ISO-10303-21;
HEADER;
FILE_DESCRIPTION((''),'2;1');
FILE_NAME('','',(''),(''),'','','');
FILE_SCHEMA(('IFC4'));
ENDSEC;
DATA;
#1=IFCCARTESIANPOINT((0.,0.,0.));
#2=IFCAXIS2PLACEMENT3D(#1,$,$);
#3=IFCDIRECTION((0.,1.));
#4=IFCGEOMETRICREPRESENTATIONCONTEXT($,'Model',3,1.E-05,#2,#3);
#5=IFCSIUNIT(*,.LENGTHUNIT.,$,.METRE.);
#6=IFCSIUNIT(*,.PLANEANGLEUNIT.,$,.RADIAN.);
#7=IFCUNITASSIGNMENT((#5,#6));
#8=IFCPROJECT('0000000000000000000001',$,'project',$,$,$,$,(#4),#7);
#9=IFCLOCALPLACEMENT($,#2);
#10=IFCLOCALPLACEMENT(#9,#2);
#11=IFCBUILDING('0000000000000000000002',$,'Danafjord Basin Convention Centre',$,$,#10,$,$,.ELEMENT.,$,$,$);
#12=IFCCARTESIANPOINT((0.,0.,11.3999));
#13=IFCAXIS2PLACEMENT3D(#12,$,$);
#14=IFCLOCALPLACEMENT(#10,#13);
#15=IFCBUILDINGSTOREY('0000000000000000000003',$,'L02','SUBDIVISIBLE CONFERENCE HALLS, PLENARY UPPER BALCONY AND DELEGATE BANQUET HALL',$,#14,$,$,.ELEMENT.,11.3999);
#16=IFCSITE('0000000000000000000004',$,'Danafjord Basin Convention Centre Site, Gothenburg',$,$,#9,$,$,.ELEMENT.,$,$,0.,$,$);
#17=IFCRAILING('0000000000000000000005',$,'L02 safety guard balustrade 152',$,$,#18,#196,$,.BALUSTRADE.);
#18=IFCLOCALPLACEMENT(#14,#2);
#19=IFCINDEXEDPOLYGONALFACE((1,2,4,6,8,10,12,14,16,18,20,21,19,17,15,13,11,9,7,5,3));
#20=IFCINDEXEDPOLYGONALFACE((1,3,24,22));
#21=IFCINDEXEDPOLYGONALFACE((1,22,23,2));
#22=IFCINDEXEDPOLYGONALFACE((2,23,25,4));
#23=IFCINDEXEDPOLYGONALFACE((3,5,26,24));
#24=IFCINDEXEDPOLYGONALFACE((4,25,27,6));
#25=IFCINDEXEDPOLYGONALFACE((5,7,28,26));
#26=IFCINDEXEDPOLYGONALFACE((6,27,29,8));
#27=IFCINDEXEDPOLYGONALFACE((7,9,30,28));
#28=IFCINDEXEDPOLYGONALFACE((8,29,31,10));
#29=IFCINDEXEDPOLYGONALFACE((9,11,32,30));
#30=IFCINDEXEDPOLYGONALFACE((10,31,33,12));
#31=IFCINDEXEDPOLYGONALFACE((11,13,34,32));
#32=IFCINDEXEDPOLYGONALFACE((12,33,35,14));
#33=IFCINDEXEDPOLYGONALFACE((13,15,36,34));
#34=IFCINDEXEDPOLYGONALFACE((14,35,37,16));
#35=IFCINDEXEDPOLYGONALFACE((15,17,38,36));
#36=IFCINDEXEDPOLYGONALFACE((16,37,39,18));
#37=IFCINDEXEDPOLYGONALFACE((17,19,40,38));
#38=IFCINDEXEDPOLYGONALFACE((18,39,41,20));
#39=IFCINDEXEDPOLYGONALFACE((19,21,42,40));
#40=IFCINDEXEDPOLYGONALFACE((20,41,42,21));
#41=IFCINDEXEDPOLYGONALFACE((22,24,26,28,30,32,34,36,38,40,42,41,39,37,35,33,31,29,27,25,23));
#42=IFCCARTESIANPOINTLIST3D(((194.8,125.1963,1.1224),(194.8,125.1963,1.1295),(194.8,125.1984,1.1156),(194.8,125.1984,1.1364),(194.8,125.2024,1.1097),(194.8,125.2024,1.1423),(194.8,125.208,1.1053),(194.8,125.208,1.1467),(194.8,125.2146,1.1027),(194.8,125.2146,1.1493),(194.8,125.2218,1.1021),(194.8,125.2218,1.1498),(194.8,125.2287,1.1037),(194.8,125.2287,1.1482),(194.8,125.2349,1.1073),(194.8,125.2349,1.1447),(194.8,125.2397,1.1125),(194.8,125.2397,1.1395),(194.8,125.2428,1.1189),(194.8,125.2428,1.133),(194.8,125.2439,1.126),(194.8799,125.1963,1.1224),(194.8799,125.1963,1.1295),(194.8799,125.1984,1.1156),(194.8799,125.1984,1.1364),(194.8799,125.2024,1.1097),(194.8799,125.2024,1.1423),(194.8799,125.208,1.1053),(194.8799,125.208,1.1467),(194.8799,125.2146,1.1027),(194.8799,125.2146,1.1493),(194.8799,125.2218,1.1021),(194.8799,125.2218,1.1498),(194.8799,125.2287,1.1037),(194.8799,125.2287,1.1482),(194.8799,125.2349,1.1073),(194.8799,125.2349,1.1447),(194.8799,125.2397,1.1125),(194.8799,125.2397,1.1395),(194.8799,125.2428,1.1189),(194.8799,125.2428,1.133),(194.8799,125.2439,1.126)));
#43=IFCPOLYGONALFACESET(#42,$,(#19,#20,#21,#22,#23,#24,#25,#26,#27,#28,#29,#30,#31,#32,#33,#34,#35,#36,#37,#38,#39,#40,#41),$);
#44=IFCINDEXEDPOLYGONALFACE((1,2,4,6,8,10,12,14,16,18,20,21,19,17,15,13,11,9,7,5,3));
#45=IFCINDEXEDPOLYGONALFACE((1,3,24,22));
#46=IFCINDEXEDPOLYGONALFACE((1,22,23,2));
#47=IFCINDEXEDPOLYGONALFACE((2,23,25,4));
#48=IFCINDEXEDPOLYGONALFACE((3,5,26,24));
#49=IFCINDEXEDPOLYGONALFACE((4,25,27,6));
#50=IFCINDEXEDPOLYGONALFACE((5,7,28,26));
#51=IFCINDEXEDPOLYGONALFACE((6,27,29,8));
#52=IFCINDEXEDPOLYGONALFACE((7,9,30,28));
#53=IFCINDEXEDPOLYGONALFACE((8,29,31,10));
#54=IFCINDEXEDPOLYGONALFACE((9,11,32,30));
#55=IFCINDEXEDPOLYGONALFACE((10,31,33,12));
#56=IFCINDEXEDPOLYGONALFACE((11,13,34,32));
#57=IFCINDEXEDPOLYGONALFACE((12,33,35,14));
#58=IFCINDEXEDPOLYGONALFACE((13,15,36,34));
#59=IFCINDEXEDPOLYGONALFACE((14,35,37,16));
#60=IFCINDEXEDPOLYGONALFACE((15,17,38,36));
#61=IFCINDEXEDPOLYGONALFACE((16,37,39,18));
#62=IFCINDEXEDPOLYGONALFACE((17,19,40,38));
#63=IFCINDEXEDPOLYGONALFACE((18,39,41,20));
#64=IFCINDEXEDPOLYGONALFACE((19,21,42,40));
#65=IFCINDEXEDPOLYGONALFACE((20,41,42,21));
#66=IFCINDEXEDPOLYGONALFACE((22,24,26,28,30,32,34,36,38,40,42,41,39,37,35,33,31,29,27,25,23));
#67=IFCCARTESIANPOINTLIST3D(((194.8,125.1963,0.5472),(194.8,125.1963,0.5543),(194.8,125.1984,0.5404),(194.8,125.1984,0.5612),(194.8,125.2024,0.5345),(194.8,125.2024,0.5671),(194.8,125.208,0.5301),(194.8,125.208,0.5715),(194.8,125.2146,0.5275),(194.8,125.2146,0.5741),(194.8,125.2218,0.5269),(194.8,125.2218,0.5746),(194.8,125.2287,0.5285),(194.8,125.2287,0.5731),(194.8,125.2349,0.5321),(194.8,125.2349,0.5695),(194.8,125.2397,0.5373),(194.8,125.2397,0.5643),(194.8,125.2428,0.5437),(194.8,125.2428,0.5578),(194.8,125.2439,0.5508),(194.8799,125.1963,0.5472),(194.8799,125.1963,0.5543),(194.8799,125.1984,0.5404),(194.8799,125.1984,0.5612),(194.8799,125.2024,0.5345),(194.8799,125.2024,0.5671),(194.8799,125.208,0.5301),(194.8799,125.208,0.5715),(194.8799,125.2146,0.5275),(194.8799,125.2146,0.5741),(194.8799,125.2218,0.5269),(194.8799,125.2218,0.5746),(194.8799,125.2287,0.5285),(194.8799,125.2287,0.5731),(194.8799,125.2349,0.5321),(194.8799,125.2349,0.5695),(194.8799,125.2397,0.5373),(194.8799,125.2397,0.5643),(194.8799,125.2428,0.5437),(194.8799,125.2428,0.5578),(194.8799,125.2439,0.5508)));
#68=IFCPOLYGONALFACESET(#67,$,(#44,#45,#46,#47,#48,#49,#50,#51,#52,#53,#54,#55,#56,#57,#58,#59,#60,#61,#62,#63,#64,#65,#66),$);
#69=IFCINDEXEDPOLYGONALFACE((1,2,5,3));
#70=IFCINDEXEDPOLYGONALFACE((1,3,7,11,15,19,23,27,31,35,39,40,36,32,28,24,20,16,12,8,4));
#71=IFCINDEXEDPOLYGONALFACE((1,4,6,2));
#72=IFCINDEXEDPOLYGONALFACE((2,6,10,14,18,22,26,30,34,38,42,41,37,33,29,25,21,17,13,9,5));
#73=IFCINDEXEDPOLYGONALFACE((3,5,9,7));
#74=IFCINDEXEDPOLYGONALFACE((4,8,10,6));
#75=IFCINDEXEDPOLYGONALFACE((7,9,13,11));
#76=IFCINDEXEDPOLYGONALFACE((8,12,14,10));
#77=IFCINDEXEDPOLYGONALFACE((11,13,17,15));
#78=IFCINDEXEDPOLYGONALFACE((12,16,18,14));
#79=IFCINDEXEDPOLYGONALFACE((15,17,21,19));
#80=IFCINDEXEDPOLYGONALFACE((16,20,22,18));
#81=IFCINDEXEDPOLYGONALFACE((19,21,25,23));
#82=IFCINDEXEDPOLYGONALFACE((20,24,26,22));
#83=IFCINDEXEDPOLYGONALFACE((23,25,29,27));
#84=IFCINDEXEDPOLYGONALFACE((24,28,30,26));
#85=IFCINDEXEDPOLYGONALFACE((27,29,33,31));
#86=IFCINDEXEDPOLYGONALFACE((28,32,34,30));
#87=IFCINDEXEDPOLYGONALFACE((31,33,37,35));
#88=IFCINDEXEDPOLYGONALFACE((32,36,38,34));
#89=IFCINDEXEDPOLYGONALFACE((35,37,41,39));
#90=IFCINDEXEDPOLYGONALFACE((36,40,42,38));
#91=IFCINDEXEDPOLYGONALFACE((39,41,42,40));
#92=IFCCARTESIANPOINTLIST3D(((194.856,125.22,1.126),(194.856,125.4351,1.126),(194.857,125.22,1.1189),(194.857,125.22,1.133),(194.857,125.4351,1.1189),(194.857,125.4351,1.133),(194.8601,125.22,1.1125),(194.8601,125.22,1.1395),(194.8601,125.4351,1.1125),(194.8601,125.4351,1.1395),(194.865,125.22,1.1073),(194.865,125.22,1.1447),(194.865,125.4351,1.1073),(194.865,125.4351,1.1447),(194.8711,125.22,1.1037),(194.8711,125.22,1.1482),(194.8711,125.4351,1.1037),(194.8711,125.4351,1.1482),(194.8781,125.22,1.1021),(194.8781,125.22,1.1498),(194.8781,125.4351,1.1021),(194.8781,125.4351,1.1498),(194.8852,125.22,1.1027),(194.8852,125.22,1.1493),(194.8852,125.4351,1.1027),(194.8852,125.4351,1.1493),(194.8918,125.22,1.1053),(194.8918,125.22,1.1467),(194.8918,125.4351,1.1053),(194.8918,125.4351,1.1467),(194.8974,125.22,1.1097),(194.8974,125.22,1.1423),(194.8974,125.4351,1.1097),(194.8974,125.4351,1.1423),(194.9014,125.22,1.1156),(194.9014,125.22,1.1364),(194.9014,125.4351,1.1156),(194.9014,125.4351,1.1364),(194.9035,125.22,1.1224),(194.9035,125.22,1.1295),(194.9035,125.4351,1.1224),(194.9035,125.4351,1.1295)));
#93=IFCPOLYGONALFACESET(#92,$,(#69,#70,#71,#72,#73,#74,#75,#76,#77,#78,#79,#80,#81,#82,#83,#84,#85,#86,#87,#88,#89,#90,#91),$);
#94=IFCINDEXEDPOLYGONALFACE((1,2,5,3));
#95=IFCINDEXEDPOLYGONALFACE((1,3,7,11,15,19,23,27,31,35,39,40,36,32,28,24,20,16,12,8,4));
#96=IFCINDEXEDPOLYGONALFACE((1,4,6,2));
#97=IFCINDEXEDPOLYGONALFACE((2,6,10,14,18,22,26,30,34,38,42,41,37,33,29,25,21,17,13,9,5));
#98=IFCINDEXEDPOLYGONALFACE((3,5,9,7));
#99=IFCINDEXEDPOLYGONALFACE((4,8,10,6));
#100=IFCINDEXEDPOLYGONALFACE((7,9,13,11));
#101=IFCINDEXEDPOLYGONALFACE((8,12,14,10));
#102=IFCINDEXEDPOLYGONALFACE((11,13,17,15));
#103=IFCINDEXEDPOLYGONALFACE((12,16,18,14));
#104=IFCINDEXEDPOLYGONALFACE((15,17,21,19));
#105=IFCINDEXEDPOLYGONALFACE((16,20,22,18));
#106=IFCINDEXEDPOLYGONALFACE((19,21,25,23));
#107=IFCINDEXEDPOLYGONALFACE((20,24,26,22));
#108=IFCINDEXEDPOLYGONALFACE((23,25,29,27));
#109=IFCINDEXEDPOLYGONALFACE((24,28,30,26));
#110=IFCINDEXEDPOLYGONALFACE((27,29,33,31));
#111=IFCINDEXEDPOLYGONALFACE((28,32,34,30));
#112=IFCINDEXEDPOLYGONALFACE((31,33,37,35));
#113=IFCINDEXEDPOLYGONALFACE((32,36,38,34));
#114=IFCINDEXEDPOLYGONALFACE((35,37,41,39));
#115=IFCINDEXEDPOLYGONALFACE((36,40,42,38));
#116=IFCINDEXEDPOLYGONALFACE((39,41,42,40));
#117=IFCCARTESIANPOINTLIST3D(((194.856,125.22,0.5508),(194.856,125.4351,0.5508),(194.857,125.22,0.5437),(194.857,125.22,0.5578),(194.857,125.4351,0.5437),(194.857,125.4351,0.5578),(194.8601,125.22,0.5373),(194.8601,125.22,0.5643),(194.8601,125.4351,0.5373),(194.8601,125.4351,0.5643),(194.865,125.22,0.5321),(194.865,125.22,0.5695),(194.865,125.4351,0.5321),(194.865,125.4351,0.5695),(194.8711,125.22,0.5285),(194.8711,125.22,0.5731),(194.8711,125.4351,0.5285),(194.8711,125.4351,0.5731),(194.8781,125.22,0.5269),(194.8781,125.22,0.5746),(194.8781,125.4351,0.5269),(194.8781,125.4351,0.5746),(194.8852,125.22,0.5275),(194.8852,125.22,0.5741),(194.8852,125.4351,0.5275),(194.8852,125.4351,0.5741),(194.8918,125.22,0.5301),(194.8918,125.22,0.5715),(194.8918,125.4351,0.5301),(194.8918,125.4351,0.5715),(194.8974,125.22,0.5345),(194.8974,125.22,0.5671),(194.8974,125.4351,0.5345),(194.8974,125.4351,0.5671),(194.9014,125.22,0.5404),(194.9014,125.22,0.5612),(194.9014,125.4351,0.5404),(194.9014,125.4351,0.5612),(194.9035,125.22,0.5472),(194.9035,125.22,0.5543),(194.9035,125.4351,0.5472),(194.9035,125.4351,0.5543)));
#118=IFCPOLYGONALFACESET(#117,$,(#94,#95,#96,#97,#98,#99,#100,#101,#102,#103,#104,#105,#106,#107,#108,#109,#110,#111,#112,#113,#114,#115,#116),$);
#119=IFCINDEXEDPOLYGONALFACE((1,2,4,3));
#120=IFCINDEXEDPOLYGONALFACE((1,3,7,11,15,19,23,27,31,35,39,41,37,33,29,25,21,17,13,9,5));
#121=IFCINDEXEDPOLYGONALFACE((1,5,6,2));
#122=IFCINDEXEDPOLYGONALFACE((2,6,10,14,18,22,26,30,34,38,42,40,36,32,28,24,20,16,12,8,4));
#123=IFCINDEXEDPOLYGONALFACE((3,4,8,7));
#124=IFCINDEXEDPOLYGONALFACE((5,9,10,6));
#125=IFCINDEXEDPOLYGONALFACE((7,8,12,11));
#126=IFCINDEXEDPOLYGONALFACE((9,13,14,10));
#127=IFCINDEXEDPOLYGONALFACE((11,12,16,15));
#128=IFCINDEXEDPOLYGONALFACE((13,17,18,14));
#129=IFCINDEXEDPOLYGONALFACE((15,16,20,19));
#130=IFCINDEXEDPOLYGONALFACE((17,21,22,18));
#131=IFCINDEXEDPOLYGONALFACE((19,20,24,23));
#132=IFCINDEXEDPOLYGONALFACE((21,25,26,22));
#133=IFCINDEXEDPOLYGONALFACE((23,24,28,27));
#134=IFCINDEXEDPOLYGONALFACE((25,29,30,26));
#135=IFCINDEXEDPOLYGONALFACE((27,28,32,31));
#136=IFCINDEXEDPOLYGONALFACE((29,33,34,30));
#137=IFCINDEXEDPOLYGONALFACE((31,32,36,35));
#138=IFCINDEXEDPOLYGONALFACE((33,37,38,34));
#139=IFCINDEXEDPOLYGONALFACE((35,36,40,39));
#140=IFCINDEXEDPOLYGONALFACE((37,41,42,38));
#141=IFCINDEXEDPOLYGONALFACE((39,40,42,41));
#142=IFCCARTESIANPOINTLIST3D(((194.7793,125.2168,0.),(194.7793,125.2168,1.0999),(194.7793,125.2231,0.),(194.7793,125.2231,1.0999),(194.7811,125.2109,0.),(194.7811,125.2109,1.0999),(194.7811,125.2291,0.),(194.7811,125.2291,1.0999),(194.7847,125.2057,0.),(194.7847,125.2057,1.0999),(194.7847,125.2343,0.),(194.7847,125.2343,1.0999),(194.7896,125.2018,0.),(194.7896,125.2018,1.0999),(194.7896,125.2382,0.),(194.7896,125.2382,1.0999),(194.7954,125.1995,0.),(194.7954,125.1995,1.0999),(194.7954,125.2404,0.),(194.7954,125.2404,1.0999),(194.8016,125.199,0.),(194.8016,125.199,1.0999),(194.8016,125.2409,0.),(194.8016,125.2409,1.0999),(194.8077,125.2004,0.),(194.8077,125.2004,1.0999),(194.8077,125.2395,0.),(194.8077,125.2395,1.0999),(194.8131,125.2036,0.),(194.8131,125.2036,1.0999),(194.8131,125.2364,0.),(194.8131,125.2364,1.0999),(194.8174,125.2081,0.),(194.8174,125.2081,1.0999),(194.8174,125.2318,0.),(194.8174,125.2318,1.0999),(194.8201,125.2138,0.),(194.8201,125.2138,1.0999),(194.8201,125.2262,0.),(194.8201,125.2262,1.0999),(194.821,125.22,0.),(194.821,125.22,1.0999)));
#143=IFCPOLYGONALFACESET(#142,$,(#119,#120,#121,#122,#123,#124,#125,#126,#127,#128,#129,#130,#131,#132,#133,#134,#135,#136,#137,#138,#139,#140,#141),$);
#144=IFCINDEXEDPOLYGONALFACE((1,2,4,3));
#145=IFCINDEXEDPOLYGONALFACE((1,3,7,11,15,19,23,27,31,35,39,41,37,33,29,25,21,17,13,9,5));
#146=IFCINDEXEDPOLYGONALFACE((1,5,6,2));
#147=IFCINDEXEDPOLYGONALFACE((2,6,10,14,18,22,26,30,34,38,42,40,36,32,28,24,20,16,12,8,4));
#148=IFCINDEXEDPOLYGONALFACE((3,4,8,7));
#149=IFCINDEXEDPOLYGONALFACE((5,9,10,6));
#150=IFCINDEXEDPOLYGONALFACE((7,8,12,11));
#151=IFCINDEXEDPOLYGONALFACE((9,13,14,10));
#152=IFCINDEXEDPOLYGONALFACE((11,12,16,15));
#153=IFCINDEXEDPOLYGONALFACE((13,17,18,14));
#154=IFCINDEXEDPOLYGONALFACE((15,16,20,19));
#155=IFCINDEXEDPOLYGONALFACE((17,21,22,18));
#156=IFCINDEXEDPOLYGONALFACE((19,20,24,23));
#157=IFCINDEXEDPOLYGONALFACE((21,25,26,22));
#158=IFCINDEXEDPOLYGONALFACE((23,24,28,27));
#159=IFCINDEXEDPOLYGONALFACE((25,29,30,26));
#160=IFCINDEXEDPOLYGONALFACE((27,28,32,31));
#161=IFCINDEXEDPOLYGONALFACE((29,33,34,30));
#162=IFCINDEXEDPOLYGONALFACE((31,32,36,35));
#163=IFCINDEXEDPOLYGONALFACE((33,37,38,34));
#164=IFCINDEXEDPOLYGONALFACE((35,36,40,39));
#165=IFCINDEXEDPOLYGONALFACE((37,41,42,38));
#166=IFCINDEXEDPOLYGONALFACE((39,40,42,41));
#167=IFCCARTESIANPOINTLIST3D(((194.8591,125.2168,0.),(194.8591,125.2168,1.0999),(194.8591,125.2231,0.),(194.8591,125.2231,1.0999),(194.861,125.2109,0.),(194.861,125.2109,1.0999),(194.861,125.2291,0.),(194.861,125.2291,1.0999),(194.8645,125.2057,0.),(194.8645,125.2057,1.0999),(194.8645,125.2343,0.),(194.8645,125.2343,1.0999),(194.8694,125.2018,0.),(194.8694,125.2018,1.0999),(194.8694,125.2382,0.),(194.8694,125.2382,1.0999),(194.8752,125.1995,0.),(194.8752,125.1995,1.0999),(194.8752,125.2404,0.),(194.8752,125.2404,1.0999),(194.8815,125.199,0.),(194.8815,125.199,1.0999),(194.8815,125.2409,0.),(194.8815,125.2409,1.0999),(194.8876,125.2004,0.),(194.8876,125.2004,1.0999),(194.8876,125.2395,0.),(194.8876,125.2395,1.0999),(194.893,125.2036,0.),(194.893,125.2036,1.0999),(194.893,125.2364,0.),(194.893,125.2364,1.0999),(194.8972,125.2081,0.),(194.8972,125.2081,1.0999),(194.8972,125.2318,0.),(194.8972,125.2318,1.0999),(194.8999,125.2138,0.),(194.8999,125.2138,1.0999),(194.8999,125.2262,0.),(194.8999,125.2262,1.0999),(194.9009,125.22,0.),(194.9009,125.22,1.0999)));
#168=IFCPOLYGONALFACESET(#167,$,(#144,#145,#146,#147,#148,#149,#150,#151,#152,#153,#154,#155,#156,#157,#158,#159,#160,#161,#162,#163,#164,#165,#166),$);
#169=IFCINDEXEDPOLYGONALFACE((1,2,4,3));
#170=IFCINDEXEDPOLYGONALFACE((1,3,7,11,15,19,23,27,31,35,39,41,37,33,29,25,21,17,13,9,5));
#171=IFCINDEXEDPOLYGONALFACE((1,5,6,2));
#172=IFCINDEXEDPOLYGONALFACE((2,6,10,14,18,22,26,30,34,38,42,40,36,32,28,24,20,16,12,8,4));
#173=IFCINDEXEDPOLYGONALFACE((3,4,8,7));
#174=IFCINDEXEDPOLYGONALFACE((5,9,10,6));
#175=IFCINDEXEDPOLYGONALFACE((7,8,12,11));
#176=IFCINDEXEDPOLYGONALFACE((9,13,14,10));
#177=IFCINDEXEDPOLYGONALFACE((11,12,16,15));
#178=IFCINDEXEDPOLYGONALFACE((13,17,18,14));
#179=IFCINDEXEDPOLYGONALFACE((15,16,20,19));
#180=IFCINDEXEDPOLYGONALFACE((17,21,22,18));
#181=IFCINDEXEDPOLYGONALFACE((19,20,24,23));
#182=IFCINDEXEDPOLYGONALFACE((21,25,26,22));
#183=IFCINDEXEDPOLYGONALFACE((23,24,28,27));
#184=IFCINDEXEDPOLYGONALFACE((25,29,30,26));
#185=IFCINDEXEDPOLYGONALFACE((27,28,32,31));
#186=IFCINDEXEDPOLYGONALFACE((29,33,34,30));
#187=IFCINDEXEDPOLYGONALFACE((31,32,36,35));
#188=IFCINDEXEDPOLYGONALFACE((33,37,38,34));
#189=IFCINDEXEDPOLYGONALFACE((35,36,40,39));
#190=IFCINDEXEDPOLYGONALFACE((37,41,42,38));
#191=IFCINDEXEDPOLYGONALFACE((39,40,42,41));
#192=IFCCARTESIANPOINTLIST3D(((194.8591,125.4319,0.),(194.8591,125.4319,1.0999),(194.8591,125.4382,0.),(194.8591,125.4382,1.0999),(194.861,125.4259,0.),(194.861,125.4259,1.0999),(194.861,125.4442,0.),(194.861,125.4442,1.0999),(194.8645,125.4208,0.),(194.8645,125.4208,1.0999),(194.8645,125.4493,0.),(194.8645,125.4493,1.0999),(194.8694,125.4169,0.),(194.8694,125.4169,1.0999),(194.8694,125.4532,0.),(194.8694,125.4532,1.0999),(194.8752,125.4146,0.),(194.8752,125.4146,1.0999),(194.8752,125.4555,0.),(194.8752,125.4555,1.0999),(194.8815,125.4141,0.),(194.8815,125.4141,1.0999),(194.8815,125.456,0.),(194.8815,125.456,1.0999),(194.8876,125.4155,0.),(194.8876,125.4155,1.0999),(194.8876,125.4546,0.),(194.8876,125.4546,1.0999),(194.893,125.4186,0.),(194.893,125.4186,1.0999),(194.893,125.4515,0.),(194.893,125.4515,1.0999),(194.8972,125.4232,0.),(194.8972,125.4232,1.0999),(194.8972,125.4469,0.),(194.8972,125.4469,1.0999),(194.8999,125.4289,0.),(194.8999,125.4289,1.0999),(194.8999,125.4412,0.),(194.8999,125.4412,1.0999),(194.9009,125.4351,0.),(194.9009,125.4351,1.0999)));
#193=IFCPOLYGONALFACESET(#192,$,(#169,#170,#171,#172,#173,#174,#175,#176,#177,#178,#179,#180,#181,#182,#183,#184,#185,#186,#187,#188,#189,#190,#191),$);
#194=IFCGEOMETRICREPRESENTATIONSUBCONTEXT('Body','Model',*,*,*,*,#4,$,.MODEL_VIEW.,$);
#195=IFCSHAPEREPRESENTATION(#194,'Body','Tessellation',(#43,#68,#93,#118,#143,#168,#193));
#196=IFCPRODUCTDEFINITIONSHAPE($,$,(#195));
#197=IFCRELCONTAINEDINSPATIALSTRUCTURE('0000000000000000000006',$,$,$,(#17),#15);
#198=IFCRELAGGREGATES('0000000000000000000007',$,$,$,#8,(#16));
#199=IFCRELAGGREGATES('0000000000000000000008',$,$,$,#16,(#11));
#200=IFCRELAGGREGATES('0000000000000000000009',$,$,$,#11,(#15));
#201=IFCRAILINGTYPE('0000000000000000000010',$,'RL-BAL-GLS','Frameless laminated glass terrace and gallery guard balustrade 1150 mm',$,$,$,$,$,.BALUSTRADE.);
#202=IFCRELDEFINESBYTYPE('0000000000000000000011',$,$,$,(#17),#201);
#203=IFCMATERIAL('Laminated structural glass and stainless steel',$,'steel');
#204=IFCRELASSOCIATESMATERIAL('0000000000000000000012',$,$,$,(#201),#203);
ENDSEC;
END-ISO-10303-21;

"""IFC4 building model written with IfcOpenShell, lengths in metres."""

from ifc_helpers import new_model, si_unit, direction, frame, origin, origin_2d, place, context, subcontext, project, spatial, circle, extrude, material, type_object, element, save


model = new_model("IFC4")

# Units and contexts
model_context = context("Model", 3, precision=1e-05, world=origin(), true_north=direction((0.0, 1.0)))
body_context = subcontext(model_context, "Body", "Model", "MODEL_VIEW")
ifc_project = project(units=[si_unit("LENGTHUNIT", "METRE"), si_unit("PLANEANGLEUNIT", "RADIAN")], contexts=[model_context])

# Site, building, storey
site_placement = place(None, origin())
site = spatial("IfcSite", under=ifc_project, at=site_placement, Name="Danafjord Basin Convention Centre Site, Gothenburg", CompositionType="ELEMENT", RefElevation=0.0)
building_placement = place(site_placement, origin())
building = spatial("IfcBuilding", under=site, at=building_placement, Name="Danafjord Basin Convention Centre", CompositionType="ELEMENT")
storey_placement = place(building_placement, frame((0.0, 0.0, 11.3999)))
storey = spatial("IfcBuildingStorey", under=building, at=storey_placement, Name="L02", Description="SUBDIVISIBLE CONFERENCE HALLS, PLENARY UPPER BALCONY AND DELEGATE BANQUET HALL", CompositionType="ELEMENT", Elevation=11.3999)

# Railing
ifc_material_1 = material(Name="Laminated structural glass and stainless steel", Category="steel")
railing_type_1 = type_object("IfcRailingType", Name="RL-BAL-GLS", Description="Frameless laminated glass terrace and gallery guard balustrade 1150 mm", PredefinedType="BALUSTRADE", material=ifc_material_1)
railing_1_placement = place(storey_placement, frame((194.8, 125.22, 0.0)))
element("IfcRailing", 1, at=railing_1_placement, inside=storey, type_object=railing_type_1, Name="L02 safety guard balustrade 152", PredefinedType="BALUSTRADE", context=body_context, shape_type="SweptSolid", body=[
    extrude(circle(Radius=0.0239, at=origin_2d()), frame((0.0, 0.0, 1.126), z_axis=(1.0, 0.0, 0.0), x_axis=(0.0, 1.0, 0.0)), (0.0, 0.0, 1.0), 0.0798),
    extrude(circle(Radius=0.0239, at=origin_2d()), frame((0.0, 0.0, 0.5508), z_axis=(1.0, 0.0, 0.0), x_axis=(0.0, 1.0, 0.0)), (0.0, 0.0, 1.0), 0.0798),
    extrude(circle(Radius=0.0239, at=origin_2d()), frame((0.0798, 0.0, 1.126), z_axis=(0.0, 1.0, 0.0), x_axis=(-1.0, 0.0, 0.0)), (0.0, 0.0, 1.0), 0.2151),
    extrude(circle(Radius=0.0239, at=origin_2d()), frame((0.0798, 0.0, 0.5508), z_axis=(0.0, 1.0, 0.0), x_axis=(-1.0, 0.0, 0.0)), (0.0, 0.0, 1.0), 0.2151),
    extrude(circle(Radius=0.021, at=origin_2d()), origin(), (0.0, 0.0, 1.0), 1.0999),
    extrude(circle(Radius=0.021, at=origin_2d()), frame((0.0798, 0.0, 0.0)), (0.0, 0.0, 1.0), 1.0999),
    extrude(circle(Radius=0.021, at=origin_2d()), frame((0.0798, 0.2151, 0.0)), (0.0, 0.0, 1.0), 1.0999),
])

save(model, "model.ifc")
